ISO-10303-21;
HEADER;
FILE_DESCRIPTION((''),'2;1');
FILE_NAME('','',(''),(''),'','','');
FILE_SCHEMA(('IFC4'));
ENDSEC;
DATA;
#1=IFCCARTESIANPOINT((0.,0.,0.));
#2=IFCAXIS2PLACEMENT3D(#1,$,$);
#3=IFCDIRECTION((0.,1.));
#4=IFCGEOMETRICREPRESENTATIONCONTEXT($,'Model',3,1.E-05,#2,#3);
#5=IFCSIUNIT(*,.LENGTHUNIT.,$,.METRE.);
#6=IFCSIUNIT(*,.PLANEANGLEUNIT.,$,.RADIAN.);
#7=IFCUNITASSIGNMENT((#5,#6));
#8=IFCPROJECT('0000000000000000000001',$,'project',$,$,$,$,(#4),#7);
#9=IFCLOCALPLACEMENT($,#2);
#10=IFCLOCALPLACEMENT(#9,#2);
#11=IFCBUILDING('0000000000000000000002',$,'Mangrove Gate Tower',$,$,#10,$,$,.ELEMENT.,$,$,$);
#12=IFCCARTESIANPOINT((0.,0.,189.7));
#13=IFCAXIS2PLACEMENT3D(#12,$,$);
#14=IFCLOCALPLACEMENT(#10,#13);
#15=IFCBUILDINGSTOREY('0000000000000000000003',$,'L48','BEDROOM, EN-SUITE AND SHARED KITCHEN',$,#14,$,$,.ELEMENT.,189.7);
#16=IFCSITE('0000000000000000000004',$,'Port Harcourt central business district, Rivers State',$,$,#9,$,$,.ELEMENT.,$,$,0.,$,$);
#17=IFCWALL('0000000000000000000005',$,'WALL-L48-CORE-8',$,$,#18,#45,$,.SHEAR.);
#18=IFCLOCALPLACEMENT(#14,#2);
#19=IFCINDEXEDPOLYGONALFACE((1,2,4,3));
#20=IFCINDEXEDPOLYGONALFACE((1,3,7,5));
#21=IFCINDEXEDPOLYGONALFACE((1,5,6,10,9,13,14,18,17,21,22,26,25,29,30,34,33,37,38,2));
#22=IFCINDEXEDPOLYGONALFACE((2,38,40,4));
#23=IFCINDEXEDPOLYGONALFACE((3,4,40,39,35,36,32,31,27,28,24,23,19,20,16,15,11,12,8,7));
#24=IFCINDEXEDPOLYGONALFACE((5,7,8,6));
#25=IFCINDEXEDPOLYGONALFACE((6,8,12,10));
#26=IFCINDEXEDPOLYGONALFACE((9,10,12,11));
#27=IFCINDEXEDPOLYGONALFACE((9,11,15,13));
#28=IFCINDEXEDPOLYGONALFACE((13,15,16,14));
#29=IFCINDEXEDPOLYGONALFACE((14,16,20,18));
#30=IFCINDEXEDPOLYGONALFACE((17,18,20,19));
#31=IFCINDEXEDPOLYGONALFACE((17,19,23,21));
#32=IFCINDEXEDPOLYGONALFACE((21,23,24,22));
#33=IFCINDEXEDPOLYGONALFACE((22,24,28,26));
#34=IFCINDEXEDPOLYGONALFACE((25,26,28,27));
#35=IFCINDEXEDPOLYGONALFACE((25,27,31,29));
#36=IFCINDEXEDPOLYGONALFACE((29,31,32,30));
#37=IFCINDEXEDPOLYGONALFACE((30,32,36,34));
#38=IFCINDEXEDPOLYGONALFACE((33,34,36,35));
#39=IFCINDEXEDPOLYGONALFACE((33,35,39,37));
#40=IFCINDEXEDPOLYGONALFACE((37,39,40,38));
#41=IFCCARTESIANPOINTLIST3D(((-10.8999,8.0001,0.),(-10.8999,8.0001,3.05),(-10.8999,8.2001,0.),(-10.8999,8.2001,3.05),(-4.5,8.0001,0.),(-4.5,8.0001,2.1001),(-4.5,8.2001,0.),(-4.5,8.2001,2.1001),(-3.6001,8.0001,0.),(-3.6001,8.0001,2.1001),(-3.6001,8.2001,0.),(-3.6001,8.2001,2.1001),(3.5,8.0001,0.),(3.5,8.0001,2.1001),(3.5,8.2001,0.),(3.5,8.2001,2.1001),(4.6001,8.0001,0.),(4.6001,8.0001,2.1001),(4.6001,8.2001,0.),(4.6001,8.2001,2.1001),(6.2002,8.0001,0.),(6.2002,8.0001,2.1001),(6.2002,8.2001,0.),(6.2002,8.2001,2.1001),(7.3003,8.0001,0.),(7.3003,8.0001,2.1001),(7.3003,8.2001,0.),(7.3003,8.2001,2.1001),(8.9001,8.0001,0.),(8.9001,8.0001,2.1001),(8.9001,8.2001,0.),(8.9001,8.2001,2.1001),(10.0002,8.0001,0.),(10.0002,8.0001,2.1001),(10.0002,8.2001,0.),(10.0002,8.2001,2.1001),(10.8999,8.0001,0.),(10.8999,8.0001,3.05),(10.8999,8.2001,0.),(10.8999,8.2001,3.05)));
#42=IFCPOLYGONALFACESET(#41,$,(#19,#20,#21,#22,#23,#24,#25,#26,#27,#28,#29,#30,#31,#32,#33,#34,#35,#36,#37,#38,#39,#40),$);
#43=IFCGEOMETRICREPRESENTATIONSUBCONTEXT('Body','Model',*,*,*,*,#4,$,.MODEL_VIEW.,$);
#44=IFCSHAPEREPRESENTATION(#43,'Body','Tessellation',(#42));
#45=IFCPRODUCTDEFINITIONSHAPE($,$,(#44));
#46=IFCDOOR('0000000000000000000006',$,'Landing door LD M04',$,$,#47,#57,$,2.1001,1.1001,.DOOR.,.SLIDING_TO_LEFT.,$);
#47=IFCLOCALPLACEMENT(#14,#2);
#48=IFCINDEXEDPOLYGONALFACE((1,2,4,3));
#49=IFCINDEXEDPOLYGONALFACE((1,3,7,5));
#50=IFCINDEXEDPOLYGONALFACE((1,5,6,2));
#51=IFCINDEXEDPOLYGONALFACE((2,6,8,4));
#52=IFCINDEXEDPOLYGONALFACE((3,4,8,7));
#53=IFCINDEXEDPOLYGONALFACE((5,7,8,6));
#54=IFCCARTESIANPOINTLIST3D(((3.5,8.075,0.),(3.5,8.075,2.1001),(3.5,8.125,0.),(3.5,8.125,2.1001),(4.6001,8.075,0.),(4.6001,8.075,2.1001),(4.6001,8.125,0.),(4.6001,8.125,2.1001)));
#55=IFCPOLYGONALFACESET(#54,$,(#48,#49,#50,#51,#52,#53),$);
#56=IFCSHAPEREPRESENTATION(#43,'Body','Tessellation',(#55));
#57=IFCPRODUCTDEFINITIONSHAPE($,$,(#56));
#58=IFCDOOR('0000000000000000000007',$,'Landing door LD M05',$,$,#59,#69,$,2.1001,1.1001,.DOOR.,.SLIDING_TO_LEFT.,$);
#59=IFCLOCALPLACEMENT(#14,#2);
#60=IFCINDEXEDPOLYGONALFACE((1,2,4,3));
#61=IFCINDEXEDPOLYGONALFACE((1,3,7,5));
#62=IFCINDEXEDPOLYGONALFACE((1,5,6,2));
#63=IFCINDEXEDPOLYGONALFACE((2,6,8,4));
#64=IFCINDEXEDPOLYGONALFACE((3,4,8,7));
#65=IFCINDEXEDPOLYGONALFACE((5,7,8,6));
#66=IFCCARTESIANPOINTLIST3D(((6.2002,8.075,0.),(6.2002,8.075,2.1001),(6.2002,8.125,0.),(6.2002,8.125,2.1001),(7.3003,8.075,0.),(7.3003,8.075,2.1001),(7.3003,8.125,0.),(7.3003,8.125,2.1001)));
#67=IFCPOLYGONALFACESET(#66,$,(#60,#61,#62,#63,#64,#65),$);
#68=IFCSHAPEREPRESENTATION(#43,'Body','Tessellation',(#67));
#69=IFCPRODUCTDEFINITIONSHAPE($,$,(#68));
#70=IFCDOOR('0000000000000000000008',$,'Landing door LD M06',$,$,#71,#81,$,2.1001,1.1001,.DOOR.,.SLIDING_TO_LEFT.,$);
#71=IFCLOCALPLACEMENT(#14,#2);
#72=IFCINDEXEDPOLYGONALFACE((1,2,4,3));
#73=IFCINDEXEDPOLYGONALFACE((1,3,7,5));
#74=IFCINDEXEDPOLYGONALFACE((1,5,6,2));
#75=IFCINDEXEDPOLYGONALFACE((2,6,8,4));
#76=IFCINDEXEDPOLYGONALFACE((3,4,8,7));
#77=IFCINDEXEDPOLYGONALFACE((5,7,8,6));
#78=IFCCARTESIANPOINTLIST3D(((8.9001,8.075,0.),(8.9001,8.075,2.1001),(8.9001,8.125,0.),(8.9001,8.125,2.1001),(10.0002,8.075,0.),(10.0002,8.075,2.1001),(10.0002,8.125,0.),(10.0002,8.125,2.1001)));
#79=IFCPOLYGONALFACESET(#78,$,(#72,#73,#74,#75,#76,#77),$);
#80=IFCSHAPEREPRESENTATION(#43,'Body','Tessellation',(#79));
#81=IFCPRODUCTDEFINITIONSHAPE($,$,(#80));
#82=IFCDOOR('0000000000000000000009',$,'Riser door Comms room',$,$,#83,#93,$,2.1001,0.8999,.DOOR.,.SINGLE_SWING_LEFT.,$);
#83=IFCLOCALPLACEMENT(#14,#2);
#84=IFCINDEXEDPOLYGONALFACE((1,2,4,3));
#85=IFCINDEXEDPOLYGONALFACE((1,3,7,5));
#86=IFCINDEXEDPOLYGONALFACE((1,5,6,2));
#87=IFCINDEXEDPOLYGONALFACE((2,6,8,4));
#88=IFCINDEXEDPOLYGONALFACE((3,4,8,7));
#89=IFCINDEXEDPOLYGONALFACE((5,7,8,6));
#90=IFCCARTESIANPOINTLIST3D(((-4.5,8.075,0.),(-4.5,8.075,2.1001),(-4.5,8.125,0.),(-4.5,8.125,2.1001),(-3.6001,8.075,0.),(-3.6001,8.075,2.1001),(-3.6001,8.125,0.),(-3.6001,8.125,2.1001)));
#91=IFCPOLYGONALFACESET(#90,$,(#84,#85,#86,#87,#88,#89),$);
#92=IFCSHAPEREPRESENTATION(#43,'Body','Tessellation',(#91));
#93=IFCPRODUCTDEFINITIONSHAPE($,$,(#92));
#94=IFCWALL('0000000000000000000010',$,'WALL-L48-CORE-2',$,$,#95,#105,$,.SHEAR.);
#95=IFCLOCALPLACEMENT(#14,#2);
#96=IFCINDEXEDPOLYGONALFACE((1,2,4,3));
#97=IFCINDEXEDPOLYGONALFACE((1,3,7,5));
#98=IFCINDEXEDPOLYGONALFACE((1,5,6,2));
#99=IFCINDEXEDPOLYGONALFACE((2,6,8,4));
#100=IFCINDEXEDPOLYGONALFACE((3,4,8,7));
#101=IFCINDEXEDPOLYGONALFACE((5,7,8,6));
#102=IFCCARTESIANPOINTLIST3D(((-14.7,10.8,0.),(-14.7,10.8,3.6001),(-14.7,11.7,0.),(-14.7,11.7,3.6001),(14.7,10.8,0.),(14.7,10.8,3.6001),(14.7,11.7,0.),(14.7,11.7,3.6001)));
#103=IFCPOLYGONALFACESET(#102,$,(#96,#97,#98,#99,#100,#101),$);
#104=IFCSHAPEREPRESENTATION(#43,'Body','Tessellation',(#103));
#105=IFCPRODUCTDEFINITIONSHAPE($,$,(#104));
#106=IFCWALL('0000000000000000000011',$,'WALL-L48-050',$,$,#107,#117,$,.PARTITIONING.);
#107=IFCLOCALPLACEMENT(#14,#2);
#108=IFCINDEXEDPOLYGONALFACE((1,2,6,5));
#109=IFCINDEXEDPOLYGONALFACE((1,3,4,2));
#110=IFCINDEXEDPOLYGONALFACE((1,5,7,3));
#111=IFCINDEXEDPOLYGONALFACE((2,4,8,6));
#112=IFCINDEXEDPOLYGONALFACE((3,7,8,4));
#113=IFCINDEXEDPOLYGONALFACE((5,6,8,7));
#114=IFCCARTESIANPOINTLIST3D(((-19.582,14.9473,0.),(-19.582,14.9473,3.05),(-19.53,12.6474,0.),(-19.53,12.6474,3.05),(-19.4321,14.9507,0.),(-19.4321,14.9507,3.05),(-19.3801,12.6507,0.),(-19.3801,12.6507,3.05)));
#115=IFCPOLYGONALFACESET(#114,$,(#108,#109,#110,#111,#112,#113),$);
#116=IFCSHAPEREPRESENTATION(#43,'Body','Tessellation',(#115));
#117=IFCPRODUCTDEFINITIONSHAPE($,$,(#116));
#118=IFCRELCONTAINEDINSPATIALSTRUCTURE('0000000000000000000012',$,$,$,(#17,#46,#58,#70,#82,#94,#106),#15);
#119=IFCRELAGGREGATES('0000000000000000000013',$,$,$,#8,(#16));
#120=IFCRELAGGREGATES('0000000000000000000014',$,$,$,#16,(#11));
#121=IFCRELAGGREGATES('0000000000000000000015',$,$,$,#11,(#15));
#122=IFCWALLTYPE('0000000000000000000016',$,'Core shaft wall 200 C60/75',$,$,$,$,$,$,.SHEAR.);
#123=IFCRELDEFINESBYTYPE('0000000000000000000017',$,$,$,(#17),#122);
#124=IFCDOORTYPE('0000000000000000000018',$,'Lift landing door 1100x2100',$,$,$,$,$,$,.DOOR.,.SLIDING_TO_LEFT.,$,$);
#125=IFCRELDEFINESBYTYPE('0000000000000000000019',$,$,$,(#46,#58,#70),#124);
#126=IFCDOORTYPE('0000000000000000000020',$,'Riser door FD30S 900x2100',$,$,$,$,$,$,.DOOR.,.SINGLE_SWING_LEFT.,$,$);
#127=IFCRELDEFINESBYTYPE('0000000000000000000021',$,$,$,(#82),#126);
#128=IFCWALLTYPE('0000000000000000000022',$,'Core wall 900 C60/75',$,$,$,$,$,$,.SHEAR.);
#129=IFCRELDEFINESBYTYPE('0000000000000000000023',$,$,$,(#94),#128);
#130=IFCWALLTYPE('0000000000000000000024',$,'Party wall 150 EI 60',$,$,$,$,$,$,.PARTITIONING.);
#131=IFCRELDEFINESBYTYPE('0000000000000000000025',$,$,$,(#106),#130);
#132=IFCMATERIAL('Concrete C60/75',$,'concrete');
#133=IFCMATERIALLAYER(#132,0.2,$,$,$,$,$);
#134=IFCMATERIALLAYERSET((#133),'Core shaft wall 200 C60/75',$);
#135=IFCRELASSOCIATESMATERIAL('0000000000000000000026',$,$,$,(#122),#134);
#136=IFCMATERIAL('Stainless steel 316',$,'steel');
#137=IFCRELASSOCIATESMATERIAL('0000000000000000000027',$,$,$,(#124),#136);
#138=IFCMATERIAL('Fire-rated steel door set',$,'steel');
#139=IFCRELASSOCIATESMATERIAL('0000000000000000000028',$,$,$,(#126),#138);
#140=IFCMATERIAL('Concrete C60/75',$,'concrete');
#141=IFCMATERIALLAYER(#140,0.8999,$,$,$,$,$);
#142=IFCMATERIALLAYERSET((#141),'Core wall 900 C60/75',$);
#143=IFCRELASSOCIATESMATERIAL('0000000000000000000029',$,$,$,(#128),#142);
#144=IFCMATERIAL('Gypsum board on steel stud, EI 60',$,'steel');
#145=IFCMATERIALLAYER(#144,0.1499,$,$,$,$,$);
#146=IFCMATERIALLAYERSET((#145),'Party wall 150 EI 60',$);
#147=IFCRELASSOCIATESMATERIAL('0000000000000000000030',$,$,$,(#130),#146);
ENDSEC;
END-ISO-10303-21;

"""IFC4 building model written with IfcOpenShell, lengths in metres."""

from ifc_helpers import new_model, si_unit, direction, frame, frame_2d, origin, place, context, subcontext, project, spatial, rectangle, extrude, material, layer, layer_set, type_object, element, fill, save


model = new_model("IFC4")

# Units and contexts
model_context = context("Model", 3, precision=1e-05, world=origin(), true_north=direction((0.0, 1.0)))
body_context = subcontext(model_context, "Body", "Model", "MODEL_VIEW")
ifc_project = project(units=[si_unit("LENGTHUNIT", "METRE"), si_unit("PLANEANGLEUNIT", "RADIAN")], contexts=[model_context])

# Site, building, storey
site_placement = place(None, origin())
site = spatial("IfcSite", under=ifc_project, at=site_placement, Name="Port Harcourt central business district, Rivers State", CompositionType="ELEMENT", RefElevation=0.0)
building_placement = place(site_placement, origin())
building = spatial("IfcBuilding", under=site, at=building_placement, Name="Mangrove Gate Tower", CompositionType="ELEMENT")
storey_placement = place(building_placement, frame((0.0, 0.0, 189.7)))
storey = spatial("IfcBuildingStorey", under=building, at=storey_placement, Name="L48", Description="BEDROOM, EN-SUITE AND SHARED KITCHEN", CompositionType="ELEMENT", Elevation=189.7)

# Shared definitions
ifc_material_1 = material(Name="Concrete C60/75", Category="concrete")
ifc_layer_1 = layer(ifc_material_1, 0.2)
ifc_layer_set_1 = layer_set([ifc_layer_1], Name="Core shaft wall 200 C60/75")
wall_type_1 = type_object("IfcWallType", Name="Core shaft wall 200 C60/75", PredefinedType="SHEAR", material=ifc_layer_set_1)

# Wall, openings, doors
ifc_material_2 = material(Name="Stainless steel 316", Category="steel")
door_type_1 = type_object("IfcDoorType", Name="Lift landing door 1100x2100", OperationType="SLIDING_TO_LEFT", PredefinedType="DOOR", material=ifc_material_2)
ifc_material_3 = material(Name="Fire-rated steel door set", Category="steel")
door_type_2 = type_object("IfcDoorType", Name="Riser door FD30S 900x2100", OperationType="SINGLE_SWING_LEFT", PredefinedType="DOOR", material=ifc_material_3)
wall_1_placement = place(storey_placement, frame((-10.8999, 8.1001, 0.0), z_axis=(0.0, 0.0, 1.0), x_axis=(1.0, 0.0, 0.0)))
wall_1 = element("IfcWall", 1, at=wall_1_placement, inside=storey, type_object=wall_type_1, Name="WALL-L48-CORE-8", PredefinedType="SHEAR", context=body_context, shape_type="SweptSolid", body=[
    extrude(rectangle(XDim=21.7998, YDim=0.2, at=frame_2d((10.8999, 0.0))), origin(), (0.0, 0.0, 1.0), 3.05),
])
opening_1_placement = place(wall_1_placement, frame((14.3999, 0.0, 0.0)))
opening_1 = element("IfcOpeningElement", 2, at=opening_1_placement, cuts=wall_1, PredefinedType="OPENING", context=body_context, shape_type="SweptSolid", body=[
    extrude(rectangle(XDim=1.1001, YDim=2.1001, at=frame_2d((0.55, 1.05))), frame((0.0, 0.1099, 0.0), z_axis=(0.0, -1.0, 0.0), x_axis=(1.0, 0.0, 0.0)), (0.0, 0.0, 1.0), 0.22),
])
opening_2_placement = place(wall_1_placement, frame((17.1001, 0.0, 0.0)))
opening_2 = element("IfcOpeningElement", 3, at=opening_2_placement, cuts=wall_1, PredefinedType="OPENING", context=body_context, shape_type="SweptSolid", body=[
    extrude(rectangle(XDim=1.1001, YDim=2.1001, at=frame_2d((0.55, 1.05))), frame((0.0, 0.1099, 0.0), z_axis=(0.0, -1.0, 0.0), x_axis=(1.0, 0.0, 0.0)), (0.0, 0.0, 1.0), 0.22),
])
opening_3_placement = place(wall_1_placement, frame((19.8, 0.0, 0.0)))
opening_3 = element("IfcOpeningElement", 4, at=opening_3_placement, cuts=wall_1, PredefinedType="OPENING", context=body_context, shape_type="SweptSolid", body=[
    extrude(rectangle(XDim=1.1001, YDim=2.1001, at=frame_2d((0.55, 1.05))), frame((0.0, 0.1099, 0.0), z_axis=(0.0, -1.0, 0.0), x_axis=(1.0, 0.0, 0.0)), (0.0, 0.0, 1.0), 0.22),
])
opening_4_placement = place(wall_1_placement, frame((6.3999, 0.0, 0.0)))
opening_4 = element("IfcOpeningElement", 5, at=opening_4_placement, cuts=wall_1, PredefinedType="OPENING", context=body_context, shape_type="SweptSolid", body=[
    extrude(rectangle(XDim=0.8999, YDim=2.1001, at=frame_2d((0.45, 1.05))), frame((0.0, 0.1099, 0.0), z_axis=(0.0, -1.0, 0.0), x_axis=(1.0, 0.0, 0.0)), (0.0, 0.0, 1.0), 0.22),
])
door_1_placement = place(opening_1_placement, origin())
door_1 = element("IfcDoor", 6, at=door_1_placement, inside=storey, type_object=door_type_1, Name="Landing door LD M04", OperationType="SLIDING_TO_LEFT", OverallHeight=2.1001, OverallWidth=1.1001, PredefinedType="DOOR", context=body_context, shape_type="SweptSolid", body=[
    extrude(rectangle(XDim=1.1001, YDim=2.1001, at=frame_2d((0.55, 1.05))), frame((0.0, 0.0249, 0.0), z_axis=(0.0, -1.0, 0.0), x_axis=(1.0, 0.0, 0.0)), (0.0, 0.0, 1.0), 0.05),
])
fill(opening_1, door_1)
door_2_placement = place(opening_2_placement, origin())
door_2 = element("IfcDoor", 7, at=door_2_placement, inside=storey, type_object=door_type_1, Name="Landing door LD M05", OperationType="SLIDING_TO_LEFT", OverallHeight=2.1001, OverallWidth=1.1001, PredefinedType="DOOR", context=body_context, shape_type="SweptSolid", body=[
    extrude(rectangle(XDim=1.1001, YDim=2.1001, at=frame_2d((0.55, 1.05))), frame((0.0, 0.0249, 0.0), z_axis=(0.0, -1.0, 0.0), x_axis=(1.0, 0.0, 0.0)), (0.0, 0.0, 1.0), 0.05),
])
fill(opening_2, door_2)
door_3_placement = place(opening_3_placement, origin())
door_3 = element("IfcDoor", 8, at=door_3_placement, inside=storey, type_object=door_type_1, Name="Landing door LD M06", OperationType="SLIDING_TO_LEFT", OverallHeight=2.1001, OverallWidth=1.1001, PredefinedType="DOOR", context=body_context, shape_type="SweptSolid", body=[
    extrude(rectangle(XDim=1.1001, YDim=2.1001, at=frame_2d((0.55, 1.05))), frame((0.0, 0.0249, 0.0), z_axis=(0.0, -1.0, 0.0), x_axis=(1.0, 0.0, 0.0)), (0.0, 0.0, 1.0), 0.05),
])
fill(opening_3, door_3)
door_4_placement = place(opening_4_placement, origin())
door_4 = element("IfcDoor", 9, at=door_4_placement, inside=storey, type_object=door_type_2, Name="Riser door Comms room", OperationType="SINGLE_SWING_LEFT", OverallHeight=2.1001, OverallWidth=0.8999, PredefinedType="DOOR", context=body_context, shape_type="SweptSolid", body=[
    extrude(rectangle(XDim=0.8999, YDim=2.1001, at=frame_2d((0.45, 1.05))), frame((0.0, 0.0249, 0.0), z_axis=(0.0, -1.0, 0.0), x_axis=(1.0, 0.0, 0.0)), (0.0, 0.0, 1.0), 0.05),
])
fill(opening_4, door_4)

# Walls
ifc_material_4 = material(Name="Concrete C60/75", Category="concrete")
ifc_layer_2 = layer(ifc_material_4, 0.8999)
ifc_layer_set_2 = layer_set([ifc_layer_2], Name="Core wall 900 C60/75")
wall_type_2 = type_object("IfcWallType", Name="Core wall 900 C60/75", PredefinedType="SHEAR", material=ifc_layer_set_2)
wall_2_placement = place(storey_placement, frame((-14.7, 11.25, 0.0), z_axis=(0.0, 0.0, 1.0), x_axis=(1.0, 0.0, 0.0)))
element("IfcWall", 10, at=wall_2_placement, inside=storey, type_object=wall_type_2, Name="WALL-L48-CORE-2", PredefinedType="SHEAR", context=body_context, shape_type="SweptSolid", body=[
    extrude(rectangle(XDim=29.3999, YDim=0.8999, at=frame_2d((14.7, 0.0))), origin(), (0.0, 0.0, 1.0), 3.6001),
])
ifc_material_5 = material(Name="Gypsum board on steel stud, EI 60", Category="steel")
ifc_layer_3 = layer(ifc_material_5, 0.1499)
ifc_layer_set_3 = layer_set([ifc_layer_3], Name="Party wall 150 EI 60")
wall_type_3 = type_object("IfcWallType", Name="Party wall 150 EI 60", PredefinedType="PARTITIONING", material=ifc_layer_set_3)
wall_3_placement = place(storey_placement, frame((-19.4551, 12.6489, 0.0), z_axis=(0.0, 0.0, 1.0), x_axis=(-0.022603, 0.999745, 0.0)))
element("IfcWall", 11, at=wall_3_placement, inside=storey, type_object=wall_type_3, Name="WALL-L48-050", PredefinedType="PARTITIONING", context=body_context, shape_type="SweptSolid", body=[
    extrude(rectangle(XDim=2.3005, YDim=0.1499, at=frame_2d((1.1504, 0.0))), origin(), (0.0, 0.0, 1.0), 3.05),
])

save(model, "model.ifc")
